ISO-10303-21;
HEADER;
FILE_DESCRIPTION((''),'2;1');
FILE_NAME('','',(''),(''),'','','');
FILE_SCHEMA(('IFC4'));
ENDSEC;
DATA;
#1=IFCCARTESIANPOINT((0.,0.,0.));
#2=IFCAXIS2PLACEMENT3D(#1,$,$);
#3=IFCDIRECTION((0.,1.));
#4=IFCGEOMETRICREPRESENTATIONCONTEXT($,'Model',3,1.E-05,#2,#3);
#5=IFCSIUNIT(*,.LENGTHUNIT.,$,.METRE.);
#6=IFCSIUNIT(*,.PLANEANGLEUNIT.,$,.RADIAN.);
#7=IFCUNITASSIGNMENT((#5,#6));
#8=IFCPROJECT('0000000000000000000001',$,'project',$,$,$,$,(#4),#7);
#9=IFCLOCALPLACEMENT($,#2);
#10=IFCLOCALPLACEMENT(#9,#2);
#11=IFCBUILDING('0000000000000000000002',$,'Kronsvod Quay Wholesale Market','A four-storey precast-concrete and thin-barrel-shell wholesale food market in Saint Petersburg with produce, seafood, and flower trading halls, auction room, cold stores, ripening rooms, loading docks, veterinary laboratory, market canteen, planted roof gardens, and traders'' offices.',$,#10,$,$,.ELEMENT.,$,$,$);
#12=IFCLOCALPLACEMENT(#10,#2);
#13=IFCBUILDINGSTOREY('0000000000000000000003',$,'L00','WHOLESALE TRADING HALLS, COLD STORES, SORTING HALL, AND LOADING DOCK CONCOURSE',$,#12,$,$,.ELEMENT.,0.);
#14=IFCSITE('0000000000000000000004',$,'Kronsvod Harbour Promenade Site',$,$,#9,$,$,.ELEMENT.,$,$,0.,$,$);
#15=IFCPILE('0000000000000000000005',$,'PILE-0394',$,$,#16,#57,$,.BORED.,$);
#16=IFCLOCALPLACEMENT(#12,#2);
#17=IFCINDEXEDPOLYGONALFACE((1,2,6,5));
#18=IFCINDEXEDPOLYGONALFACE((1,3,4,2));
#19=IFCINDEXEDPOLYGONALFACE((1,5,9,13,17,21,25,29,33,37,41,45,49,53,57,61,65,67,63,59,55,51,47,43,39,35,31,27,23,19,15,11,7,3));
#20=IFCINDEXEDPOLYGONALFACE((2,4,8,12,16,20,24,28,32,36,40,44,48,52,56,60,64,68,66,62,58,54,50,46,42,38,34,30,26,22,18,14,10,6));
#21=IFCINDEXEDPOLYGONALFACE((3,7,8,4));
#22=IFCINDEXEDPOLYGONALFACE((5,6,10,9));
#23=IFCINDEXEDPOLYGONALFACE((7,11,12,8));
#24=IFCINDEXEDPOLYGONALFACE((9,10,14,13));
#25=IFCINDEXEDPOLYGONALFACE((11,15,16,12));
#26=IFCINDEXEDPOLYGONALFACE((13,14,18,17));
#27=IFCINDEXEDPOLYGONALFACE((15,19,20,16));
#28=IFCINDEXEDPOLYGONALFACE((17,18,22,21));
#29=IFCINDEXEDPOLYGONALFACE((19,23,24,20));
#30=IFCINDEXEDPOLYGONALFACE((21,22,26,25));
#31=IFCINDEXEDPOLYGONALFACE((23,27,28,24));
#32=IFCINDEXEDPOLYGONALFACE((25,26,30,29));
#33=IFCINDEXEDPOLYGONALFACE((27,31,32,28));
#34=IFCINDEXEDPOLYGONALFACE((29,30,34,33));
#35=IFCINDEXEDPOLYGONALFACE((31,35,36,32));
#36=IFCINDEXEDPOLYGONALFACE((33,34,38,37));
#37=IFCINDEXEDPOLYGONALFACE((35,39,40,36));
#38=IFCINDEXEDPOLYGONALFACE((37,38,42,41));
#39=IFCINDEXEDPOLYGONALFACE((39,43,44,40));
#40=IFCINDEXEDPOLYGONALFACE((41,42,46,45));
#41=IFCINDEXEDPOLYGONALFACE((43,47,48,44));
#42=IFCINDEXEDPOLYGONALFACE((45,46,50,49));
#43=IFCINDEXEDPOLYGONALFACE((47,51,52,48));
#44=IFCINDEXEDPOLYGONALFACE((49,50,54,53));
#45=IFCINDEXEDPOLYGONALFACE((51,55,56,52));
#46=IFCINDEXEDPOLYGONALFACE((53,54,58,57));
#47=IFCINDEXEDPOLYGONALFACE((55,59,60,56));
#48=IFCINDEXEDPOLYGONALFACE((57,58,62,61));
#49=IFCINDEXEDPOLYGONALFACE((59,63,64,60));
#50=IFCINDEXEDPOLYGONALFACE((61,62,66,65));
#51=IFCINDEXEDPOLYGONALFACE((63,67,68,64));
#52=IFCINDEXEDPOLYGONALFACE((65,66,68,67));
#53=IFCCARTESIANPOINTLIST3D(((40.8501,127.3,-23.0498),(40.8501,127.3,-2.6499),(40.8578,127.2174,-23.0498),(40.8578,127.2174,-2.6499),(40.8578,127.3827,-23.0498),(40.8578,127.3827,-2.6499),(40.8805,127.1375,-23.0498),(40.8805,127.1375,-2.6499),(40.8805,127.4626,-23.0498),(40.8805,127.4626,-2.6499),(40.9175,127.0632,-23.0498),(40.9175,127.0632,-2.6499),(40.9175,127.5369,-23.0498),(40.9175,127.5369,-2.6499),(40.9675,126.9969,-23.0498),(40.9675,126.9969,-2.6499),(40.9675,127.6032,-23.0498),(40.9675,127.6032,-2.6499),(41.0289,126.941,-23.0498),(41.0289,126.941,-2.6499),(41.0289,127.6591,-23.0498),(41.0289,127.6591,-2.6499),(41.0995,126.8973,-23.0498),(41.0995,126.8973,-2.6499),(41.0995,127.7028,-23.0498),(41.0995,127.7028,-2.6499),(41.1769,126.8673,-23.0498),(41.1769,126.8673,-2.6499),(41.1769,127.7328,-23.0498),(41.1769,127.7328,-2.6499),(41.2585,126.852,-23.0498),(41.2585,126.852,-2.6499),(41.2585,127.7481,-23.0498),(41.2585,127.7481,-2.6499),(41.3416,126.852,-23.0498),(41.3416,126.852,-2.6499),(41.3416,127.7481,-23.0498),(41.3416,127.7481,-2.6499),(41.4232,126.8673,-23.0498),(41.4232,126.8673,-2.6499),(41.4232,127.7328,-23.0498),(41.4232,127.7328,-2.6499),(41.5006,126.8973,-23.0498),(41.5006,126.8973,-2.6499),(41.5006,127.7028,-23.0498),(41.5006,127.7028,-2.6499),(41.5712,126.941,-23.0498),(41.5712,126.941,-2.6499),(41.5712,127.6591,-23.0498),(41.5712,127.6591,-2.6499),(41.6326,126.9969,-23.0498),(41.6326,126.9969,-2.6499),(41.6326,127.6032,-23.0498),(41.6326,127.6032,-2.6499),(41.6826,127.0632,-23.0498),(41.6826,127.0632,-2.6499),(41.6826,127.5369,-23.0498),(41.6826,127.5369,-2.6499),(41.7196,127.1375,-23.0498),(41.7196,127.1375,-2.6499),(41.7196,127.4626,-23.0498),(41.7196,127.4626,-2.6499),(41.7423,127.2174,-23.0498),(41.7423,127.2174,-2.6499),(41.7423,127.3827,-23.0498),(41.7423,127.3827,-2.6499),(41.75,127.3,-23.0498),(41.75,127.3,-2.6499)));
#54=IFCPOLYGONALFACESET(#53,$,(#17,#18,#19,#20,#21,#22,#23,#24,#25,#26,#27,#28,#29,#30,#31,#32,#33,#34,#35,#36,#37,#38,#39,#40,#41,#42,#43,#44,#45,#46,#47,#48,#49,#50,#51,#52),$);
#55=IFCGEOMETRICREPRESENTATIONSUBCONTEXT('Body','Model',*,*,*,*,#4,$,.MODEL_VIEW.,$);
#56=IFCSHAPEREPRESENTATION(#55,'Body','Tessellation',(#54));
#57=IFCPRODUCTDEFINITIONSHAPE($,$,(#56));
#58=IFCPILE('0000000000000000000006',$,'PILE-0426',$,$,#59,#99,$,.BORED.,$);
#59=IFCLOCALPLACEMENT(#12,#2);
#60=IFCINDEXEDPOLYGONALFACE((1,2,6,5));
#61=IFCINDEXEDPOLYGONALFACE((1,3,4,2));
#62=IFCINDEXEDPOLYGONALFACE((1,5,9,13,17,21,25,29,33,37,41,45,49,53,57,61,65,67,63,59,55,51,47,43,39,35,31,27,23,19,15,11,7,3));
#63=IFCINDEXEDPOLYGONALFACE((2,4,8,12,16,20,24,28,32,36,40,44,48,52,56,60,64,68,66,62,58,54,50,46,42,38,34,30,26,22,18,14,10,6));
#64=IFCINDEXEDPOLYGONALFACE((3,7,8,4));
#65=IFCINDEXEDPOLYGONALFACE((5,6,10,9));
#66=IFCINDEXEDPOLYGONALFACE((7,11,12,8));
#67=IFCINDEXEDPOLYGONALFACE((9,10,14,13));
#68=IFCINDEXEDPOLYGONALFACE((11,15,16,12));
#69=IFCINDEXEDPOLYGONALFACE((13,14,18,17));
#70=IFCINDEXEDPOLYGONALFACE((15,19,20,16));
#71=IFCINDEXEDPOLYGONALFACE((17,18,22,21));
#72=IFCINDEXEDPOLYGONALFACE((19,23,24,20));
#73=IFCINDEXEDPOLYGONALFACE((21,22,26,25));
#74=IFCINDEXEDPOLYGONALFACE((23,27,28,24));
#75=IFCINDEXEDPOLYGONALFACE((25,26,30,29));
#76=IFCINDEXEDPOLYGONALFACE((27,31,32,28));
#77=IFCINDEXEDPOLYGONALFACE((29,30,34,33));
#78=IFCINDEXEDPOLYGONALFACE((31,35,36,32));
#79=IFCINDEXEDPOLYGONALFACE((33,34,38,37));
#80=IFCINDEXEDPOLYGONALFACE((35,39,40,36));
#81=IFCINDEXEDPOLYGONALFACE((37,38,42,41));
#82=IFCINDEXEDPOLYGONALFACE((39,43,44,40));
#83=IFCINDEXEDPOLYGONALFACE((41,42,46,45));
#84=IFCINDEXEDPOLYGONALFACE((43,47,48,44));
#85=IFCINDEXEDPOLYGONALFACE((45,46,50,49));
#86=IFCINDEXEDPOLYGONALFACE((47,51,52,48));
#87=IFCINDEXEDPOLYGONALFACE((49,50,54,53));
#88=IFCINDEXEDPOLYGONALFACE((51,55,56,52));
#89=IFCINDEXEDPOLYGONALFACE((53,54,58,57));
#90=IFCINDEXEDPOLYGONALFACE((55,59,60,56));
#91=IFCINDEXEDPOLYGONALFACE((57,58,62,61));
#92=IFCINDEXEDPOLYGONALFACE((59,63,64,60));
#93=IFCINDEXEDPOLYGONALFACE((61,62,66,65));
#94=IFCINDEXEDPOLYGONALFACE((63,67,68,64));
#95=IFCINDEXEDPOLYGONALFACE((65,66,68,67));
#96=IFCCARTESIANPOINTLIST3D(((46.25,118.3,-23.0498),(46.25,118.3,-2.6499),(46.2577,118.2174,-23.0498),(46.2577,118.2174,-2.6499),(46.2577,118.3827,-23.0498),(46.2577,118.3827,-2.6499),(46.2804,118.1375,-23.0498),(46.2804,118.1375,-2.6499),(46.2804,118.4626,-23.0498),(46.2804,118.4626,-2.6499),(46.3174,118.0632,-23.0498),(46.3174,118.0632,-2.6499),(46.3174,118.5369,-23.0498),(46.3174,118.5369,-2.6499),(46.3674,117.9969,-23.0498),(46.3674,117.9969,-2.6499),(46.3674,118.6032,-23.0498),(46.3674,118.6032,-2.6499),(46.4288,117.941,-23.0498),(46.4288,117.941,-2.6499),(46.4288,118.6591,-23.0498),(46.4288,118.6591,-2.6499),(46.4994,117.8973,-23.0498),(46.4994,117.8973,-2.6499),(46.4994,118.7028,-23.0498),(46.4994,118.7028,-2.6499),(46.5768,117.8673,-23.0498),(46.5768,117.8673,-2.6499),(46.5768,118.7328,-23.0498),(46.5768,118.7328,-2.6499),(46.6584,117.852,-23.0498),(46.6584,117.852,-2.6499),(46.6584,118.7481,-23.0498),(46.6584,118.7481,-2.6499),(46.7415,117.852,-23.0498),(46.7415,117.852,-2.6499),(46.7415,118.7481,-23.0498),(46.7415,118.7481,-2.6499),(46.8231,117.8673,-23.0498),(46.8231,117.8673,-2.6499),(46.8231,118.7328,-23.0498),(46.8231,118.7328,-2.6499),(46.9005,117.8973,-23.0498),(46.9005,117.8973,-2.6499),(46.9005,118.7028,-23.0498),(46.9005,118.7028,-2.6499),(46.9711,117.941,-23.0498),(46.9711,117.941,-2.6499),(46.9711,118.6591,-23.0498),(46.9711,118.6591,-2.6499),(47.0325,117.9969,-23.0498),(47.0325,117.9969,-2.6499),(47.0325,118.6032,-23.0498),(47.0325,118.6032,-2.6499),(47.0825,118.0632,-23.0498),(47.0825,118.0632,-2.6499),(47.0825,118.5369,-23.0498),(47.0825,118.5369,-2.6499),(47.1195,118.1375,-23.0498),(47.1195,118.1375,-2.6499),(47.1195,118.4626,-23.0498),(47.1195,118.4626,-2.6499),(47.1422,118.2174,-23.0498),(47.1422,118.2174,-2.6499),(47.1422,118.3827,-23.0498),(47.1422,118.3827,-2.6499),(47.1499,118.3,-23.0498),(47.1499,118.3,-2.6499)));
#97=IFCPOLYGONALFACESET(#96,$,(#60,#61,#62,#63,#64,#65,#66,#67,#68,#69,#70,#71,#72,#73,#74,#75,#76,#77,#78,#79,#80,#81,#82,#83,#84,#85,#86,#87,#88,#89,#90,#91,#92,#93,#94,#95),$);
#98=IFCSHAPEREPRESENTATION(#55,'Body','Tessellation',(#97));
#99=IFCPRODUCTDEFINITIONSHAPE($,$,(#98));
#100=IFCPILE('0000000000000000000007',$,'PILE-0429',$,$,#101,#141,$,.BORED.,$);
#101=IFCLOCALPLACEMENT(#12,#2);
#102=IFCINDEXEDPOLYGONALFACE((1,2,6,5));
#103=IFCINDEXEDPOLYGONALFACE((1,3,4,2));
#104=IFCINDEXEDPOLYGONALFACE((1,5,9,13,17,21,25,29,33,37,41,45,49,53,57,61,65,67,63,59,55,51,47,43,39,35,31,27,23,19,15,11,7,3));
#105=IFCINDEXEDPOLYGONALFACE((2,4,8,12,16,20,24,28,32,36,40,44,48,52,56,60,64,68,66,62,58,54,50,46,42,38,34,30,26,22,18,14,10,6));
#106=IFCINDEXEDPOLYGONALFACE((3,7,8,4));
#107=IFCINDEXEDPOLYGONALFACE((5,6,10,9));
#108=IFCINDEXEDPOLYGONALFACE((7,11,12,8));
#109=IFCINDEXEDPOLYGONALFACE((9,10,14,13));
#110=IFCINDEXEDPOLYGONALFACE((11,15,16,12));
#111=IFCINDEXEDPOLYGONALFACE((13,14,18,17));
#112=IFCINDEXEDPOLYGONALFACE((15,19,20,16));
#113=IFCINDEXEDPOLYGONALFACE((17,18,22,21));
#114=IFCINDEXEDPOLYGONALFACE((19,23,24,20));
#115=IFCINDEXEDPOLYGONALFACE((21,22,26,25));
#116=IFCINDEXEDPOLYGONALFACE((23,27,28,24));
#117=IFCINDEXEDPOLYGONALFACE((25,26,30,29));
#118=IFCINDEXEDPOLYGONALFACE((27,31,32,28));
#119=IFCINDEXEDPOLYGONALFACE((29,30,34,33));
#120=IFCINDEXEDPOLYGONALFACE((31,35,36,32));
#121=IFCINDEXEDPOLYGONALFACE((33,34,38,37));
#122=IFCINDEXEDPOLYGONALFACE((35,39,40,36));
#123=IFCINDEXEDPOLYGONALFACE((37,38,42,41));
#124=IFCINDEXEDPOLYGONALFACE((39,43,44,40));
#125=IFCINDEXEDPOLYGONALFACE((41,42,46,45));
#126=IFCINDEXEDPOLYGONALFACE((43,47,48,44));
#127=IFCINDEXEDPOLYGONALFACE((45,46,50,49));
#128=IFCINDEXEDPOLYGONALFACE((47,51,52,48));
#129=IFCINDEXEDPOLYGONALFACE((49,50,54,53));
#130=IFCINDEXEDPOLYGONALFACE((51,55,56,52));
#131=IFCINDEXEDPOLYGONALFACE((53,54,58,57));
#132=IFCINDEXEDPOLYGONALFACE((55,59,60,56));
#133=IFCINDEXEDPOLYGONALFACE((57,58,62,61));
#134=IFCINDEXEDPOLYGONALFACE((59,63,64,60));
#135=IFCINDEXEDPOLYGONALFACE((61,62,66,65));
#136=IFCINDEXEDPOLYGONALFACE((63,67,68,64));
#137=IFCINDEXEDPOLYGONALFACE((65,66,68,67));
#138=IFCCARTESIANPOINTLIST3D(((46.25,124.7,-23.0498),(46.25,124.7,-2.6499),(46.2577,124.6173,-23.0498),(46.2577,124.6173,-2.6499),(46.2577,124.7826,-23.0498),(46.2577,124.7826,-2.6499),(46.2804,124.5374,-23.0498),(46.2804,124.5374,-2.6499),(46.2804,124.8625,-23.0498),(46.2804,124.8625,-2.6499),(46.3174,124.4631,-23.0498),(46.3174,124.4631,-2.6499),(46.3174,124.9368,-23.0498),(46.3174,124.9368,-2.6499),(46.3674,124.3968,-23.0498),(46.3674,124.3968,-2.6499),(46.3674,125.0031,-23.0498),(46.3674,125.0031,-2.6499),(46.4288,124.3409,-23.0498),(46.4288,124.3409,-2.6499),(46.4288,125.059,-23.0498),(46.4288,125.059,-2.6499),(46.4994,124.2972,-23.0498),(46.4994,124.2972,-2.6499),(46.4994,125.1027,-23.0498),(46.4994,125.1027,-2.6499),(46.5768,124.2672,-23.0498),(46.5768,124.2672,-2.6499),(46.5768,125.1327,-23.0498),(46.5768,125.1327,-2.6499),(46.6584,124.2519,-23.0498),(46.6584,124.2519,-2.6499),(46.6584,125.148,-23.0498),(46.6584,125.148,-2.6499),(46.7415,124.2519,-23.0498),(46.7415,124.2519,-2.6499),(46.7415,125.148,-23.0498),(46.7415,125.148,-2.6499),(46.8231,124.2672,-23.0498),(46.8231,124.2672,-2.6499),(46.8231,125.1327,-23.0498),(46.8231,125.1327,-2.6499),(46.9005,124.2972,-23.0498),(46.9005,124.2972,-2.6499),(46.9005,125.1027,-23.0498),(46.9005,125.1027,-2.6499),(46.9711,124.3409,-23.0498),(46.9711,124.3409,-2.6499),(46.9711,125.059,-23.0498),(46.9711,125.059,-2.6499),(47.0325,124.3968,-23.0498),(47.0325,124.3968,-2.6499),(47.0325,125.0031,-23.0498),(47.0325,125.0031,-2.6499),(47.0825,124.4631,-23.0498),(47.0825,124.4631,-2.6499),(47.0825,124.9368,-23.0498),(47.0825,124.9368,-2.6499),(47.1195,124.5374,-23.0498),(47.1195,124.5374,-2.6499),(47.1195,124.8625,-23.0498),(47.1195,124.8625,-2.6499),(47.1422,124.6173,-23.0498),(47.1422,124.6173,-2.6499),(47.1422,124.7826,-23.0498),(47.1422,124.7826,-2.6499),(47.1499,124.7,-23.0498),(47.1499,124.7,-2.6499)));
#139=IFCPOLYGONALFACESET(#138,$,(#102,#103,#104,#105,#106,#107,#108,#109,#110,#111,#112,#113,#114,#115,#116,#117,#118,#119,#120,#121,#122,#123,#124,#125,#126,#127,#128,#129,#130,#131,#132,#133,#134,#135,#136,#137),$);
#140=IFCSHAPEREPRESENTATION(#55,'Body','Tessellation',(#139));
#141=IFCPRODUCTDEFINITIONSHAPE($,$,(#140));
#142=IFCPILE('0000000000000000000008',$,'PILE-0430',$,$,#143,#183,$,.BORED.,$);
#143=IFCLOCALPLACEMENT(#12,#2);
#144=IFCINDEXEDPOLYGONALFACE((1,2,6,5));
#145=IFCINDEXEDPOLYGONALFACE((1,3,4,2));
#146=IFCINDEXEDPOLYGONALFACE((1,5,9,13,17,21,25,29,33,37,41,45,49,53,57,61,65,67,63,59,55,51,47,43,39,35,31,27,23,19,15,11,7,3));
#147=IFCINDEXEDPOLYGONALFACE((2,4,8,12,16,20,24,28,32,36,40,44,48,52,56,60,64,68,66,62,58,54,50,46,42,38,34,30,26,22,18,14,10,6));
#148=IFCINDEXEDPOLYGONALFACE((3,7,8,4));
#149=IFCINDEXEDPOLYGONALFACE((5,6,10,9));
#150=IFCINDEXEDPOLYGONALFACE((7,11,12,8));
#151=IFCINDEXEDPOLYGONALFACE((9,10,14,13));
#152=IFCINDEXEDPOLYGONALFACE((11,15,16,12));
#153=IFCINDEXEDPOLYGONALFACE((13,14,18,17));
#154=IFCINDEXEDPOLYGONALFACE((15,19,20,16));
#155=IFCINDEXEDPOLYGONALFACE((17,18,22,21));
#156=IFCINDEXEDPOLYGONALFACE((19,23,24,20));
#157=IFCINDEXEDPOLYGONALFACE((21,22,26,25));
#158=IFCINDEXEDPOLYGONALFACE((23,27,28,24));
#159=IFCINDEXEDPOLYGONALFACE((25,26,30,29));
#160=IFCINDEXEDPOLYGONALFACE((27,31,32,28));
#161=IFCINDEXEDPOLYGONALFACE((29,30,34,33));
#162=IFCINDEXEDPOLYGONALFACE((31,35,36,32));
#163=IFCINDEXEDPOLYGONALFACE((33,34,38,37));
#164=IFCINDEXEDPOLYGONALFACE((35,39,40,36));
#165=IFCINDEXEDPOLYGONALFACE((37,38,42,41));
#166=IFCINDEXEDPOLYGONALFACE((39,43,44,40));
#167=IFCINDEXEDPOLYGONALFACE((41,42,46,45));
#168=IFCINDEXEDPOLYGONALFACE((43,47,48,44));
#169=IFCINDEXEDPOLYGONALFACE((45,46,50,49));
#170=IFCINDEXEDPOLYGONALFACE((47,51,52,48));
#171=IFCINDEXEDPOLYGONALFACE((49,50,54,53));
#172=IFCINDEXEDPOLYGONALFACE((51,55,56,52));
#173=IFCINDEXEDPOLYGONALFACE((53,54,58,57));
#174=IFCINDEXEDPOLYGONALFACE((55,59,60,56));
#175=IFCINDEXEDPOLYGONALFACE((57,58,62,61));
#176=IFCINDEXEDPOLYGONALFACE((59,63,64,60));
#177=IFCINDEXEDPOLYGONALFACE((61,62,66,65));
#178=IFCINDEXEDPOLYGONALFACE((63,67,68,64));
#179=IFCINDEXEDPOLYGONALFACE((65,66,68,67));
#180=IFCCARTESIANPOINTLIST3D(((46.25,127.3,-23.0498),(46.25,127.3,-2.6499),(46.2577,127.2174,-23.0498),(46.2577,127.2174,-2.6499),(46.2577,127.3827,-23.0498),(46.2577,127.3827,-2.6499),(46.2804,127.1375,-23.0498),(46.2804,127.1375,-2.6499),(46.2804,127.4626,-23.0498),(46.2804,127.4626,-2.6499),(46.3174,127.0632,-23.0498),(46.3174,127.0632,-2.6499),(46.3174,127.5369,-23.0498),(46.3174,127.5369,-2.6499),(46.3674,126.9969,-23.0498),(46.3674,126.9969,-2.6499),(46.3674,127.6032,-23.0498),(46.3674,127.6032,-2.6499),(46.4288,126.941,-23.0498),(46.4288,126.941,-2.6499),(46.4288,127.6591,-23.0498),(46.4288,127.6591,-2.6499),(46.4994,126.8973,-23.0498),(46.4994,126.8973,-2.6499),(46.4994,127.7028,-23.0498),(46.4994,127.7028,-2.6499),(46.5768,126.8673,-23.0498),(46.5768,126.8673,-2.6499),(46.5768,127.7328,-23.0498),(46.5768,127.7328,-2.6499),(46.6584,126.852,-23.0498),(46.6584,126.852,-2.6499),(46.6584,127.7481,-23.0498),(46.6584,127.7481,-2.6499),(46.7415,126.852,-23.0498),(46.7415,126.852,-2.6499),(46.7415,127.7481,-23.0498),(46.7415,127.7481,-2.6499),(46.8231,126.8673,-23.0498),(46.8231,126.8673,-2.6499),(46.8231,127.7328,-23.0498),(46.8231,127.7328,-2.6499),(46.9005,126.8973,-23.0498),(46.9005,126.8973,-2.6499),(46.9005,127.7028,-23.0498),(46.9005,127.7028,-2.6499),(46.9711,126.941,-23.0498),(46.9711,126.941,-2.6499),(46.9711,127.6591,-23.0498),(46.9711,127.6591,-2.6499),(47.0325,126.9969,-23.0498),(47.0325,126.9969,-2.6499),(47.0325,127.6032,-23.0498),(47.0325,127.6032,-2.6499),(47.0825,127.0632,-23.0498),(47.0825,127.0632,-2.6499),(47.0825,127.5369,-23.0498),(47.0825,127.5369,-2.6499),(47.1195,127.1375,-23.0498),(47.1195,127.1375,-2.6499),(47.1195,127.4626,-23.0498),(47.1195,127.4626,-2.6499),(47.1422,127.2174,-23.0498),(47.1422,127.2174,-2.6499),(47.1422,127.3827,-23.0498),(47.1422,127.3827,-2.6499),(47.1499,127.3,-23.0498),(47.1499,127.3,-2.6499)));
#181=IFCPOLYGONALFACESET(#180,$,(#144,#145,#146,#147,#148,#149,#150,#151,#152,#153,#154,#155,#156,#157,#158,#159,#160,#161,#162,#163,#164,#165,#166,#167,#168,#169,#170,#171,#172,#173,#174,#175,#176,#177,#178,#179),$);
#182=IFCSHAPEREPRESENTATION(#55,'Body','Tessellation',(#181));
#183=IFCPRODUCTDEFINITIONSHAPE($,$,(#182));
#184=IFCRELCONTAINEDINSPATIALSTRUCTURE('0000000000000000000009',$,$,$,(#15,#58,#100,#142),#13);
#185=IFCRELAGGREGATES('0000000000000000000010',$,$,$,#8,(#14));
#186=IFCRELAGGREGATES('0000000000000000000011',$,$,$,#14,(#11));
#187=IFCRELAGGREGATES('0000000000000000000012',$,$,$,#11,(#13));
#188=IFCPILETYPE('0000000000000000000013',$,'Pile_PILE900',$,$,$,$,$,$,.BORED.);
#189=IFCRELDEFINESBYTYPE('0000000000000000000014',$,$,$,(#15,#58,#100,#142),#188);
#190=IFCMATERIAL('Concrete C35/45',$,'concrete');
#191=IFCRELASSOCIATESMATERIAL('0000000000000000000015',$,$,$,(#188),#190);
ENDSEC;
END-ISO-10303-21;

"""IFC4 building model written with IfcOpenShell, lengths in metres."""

from ifc_helpers import new_model, si_unit, direction, frame, origin, origin_2d, place, context, subcontext, project, spatial, circle, extrude, material, material_profile, profile_set, type_object, element, save


model = new_model("IFC4")

# Units and contexts
model_context = context("Model", 3, precision=1e-05, world=origin(), true_north=direction((0.0, 1.0)))
body_context = subcontext(model_context, "Body", "Model", "MODEL_VIEW")
ifc_project = project(units=[si_unit("LENGTHUNIT", "METRE"), si_unit("PLANEANGLEUNIT", "RADIAN")], contexts=[model_context])

# Site, building, storey
site_placement = place(None, origin())
site = spatial("IfcSite", under=ifc_project, at=site_placement, Name="Kronsvod Harbour Promenade Site", CompositionType="ELEMENT", RefElevation=0.0)
building_placement = place(site_placement, origin())
building = spatial("IfcBuilding", under=site, at=building_placement, Name="Kronsvod Quay Wholesale Market", Description="A four-storey precast-concrete and thin-barrel-shell wholesale food market in Saint Petersburg with produce, seafood, and flower trading halls, auction room, cold stores, ripening rooms, loading docks, veterinary laboratory, market canteen, planted roof gardens, and traders' offices.", CompositionType="ELEMENT")
storey_placement = place(building_placement, origin())
storey = spatial("IfcBuildingStorey", under=building, at=storey_placement, Name="L00", Description="WHOLESALE TRADING HALLS, COLD STORES, SORTING HALL, AND LOADING DOCK CONCOURSE", CompositionType="ELEMENT", Elevation=0.0)

# Piles
ifc_material_1 = material(Name="Concrete C35/45", Category="concrete")
ifc_material_profile_1 = material_profile(ifc_material_1, circle(Radius=0.45, at=origin_2d()), Name="PILE900")
ifc_profile_set_1 = profile_set([ifc_material_profile_1], Name="Concrete C35/45")
pile_type = type_object("IfcPileType", Name="Pile_PILE900", PredefinedType="BORED", material=ifc_profile_set_1)
for number, where, z_axis, x_axis, name in (
    (1, (41.3, 127.3, -2.6499), (0.0, 0.0, -1.0), (1.0, 0.0, 0.0), "PILE-0394"),
    (2, (46.7, 118.3, -2.6499), (0.0, 0.0, -1.0), (1.0, 0.0, 0.0), "PILE-0426"),
    (3, (46.7, 124.7, -2.6499), (0.0, 0.0, -1.0), (1.0, 0.0, 0.0), "PILE-0429"),
    (4, (46.7, 127.3, -2.6499), (0.0, 0.0, -1.0), (1.0, 0.0, 0.0), "PILE-0430"),
):
    element("IfcPile", number, at=place(storey_placement, frame(where, z_axis=z_axis, x_axis=x_axis)), inside=storey, type_object=pile_type, Name=name, PredefinedType="BORED", context=body_context, shape_type="SweptSolid", body=[
        extrude(circle(Radius=0.45, at=origin_2d()), origin(), (0.0, 0.0, 1.0), 20.3999),
    ])

save(model, "model.ifc")
